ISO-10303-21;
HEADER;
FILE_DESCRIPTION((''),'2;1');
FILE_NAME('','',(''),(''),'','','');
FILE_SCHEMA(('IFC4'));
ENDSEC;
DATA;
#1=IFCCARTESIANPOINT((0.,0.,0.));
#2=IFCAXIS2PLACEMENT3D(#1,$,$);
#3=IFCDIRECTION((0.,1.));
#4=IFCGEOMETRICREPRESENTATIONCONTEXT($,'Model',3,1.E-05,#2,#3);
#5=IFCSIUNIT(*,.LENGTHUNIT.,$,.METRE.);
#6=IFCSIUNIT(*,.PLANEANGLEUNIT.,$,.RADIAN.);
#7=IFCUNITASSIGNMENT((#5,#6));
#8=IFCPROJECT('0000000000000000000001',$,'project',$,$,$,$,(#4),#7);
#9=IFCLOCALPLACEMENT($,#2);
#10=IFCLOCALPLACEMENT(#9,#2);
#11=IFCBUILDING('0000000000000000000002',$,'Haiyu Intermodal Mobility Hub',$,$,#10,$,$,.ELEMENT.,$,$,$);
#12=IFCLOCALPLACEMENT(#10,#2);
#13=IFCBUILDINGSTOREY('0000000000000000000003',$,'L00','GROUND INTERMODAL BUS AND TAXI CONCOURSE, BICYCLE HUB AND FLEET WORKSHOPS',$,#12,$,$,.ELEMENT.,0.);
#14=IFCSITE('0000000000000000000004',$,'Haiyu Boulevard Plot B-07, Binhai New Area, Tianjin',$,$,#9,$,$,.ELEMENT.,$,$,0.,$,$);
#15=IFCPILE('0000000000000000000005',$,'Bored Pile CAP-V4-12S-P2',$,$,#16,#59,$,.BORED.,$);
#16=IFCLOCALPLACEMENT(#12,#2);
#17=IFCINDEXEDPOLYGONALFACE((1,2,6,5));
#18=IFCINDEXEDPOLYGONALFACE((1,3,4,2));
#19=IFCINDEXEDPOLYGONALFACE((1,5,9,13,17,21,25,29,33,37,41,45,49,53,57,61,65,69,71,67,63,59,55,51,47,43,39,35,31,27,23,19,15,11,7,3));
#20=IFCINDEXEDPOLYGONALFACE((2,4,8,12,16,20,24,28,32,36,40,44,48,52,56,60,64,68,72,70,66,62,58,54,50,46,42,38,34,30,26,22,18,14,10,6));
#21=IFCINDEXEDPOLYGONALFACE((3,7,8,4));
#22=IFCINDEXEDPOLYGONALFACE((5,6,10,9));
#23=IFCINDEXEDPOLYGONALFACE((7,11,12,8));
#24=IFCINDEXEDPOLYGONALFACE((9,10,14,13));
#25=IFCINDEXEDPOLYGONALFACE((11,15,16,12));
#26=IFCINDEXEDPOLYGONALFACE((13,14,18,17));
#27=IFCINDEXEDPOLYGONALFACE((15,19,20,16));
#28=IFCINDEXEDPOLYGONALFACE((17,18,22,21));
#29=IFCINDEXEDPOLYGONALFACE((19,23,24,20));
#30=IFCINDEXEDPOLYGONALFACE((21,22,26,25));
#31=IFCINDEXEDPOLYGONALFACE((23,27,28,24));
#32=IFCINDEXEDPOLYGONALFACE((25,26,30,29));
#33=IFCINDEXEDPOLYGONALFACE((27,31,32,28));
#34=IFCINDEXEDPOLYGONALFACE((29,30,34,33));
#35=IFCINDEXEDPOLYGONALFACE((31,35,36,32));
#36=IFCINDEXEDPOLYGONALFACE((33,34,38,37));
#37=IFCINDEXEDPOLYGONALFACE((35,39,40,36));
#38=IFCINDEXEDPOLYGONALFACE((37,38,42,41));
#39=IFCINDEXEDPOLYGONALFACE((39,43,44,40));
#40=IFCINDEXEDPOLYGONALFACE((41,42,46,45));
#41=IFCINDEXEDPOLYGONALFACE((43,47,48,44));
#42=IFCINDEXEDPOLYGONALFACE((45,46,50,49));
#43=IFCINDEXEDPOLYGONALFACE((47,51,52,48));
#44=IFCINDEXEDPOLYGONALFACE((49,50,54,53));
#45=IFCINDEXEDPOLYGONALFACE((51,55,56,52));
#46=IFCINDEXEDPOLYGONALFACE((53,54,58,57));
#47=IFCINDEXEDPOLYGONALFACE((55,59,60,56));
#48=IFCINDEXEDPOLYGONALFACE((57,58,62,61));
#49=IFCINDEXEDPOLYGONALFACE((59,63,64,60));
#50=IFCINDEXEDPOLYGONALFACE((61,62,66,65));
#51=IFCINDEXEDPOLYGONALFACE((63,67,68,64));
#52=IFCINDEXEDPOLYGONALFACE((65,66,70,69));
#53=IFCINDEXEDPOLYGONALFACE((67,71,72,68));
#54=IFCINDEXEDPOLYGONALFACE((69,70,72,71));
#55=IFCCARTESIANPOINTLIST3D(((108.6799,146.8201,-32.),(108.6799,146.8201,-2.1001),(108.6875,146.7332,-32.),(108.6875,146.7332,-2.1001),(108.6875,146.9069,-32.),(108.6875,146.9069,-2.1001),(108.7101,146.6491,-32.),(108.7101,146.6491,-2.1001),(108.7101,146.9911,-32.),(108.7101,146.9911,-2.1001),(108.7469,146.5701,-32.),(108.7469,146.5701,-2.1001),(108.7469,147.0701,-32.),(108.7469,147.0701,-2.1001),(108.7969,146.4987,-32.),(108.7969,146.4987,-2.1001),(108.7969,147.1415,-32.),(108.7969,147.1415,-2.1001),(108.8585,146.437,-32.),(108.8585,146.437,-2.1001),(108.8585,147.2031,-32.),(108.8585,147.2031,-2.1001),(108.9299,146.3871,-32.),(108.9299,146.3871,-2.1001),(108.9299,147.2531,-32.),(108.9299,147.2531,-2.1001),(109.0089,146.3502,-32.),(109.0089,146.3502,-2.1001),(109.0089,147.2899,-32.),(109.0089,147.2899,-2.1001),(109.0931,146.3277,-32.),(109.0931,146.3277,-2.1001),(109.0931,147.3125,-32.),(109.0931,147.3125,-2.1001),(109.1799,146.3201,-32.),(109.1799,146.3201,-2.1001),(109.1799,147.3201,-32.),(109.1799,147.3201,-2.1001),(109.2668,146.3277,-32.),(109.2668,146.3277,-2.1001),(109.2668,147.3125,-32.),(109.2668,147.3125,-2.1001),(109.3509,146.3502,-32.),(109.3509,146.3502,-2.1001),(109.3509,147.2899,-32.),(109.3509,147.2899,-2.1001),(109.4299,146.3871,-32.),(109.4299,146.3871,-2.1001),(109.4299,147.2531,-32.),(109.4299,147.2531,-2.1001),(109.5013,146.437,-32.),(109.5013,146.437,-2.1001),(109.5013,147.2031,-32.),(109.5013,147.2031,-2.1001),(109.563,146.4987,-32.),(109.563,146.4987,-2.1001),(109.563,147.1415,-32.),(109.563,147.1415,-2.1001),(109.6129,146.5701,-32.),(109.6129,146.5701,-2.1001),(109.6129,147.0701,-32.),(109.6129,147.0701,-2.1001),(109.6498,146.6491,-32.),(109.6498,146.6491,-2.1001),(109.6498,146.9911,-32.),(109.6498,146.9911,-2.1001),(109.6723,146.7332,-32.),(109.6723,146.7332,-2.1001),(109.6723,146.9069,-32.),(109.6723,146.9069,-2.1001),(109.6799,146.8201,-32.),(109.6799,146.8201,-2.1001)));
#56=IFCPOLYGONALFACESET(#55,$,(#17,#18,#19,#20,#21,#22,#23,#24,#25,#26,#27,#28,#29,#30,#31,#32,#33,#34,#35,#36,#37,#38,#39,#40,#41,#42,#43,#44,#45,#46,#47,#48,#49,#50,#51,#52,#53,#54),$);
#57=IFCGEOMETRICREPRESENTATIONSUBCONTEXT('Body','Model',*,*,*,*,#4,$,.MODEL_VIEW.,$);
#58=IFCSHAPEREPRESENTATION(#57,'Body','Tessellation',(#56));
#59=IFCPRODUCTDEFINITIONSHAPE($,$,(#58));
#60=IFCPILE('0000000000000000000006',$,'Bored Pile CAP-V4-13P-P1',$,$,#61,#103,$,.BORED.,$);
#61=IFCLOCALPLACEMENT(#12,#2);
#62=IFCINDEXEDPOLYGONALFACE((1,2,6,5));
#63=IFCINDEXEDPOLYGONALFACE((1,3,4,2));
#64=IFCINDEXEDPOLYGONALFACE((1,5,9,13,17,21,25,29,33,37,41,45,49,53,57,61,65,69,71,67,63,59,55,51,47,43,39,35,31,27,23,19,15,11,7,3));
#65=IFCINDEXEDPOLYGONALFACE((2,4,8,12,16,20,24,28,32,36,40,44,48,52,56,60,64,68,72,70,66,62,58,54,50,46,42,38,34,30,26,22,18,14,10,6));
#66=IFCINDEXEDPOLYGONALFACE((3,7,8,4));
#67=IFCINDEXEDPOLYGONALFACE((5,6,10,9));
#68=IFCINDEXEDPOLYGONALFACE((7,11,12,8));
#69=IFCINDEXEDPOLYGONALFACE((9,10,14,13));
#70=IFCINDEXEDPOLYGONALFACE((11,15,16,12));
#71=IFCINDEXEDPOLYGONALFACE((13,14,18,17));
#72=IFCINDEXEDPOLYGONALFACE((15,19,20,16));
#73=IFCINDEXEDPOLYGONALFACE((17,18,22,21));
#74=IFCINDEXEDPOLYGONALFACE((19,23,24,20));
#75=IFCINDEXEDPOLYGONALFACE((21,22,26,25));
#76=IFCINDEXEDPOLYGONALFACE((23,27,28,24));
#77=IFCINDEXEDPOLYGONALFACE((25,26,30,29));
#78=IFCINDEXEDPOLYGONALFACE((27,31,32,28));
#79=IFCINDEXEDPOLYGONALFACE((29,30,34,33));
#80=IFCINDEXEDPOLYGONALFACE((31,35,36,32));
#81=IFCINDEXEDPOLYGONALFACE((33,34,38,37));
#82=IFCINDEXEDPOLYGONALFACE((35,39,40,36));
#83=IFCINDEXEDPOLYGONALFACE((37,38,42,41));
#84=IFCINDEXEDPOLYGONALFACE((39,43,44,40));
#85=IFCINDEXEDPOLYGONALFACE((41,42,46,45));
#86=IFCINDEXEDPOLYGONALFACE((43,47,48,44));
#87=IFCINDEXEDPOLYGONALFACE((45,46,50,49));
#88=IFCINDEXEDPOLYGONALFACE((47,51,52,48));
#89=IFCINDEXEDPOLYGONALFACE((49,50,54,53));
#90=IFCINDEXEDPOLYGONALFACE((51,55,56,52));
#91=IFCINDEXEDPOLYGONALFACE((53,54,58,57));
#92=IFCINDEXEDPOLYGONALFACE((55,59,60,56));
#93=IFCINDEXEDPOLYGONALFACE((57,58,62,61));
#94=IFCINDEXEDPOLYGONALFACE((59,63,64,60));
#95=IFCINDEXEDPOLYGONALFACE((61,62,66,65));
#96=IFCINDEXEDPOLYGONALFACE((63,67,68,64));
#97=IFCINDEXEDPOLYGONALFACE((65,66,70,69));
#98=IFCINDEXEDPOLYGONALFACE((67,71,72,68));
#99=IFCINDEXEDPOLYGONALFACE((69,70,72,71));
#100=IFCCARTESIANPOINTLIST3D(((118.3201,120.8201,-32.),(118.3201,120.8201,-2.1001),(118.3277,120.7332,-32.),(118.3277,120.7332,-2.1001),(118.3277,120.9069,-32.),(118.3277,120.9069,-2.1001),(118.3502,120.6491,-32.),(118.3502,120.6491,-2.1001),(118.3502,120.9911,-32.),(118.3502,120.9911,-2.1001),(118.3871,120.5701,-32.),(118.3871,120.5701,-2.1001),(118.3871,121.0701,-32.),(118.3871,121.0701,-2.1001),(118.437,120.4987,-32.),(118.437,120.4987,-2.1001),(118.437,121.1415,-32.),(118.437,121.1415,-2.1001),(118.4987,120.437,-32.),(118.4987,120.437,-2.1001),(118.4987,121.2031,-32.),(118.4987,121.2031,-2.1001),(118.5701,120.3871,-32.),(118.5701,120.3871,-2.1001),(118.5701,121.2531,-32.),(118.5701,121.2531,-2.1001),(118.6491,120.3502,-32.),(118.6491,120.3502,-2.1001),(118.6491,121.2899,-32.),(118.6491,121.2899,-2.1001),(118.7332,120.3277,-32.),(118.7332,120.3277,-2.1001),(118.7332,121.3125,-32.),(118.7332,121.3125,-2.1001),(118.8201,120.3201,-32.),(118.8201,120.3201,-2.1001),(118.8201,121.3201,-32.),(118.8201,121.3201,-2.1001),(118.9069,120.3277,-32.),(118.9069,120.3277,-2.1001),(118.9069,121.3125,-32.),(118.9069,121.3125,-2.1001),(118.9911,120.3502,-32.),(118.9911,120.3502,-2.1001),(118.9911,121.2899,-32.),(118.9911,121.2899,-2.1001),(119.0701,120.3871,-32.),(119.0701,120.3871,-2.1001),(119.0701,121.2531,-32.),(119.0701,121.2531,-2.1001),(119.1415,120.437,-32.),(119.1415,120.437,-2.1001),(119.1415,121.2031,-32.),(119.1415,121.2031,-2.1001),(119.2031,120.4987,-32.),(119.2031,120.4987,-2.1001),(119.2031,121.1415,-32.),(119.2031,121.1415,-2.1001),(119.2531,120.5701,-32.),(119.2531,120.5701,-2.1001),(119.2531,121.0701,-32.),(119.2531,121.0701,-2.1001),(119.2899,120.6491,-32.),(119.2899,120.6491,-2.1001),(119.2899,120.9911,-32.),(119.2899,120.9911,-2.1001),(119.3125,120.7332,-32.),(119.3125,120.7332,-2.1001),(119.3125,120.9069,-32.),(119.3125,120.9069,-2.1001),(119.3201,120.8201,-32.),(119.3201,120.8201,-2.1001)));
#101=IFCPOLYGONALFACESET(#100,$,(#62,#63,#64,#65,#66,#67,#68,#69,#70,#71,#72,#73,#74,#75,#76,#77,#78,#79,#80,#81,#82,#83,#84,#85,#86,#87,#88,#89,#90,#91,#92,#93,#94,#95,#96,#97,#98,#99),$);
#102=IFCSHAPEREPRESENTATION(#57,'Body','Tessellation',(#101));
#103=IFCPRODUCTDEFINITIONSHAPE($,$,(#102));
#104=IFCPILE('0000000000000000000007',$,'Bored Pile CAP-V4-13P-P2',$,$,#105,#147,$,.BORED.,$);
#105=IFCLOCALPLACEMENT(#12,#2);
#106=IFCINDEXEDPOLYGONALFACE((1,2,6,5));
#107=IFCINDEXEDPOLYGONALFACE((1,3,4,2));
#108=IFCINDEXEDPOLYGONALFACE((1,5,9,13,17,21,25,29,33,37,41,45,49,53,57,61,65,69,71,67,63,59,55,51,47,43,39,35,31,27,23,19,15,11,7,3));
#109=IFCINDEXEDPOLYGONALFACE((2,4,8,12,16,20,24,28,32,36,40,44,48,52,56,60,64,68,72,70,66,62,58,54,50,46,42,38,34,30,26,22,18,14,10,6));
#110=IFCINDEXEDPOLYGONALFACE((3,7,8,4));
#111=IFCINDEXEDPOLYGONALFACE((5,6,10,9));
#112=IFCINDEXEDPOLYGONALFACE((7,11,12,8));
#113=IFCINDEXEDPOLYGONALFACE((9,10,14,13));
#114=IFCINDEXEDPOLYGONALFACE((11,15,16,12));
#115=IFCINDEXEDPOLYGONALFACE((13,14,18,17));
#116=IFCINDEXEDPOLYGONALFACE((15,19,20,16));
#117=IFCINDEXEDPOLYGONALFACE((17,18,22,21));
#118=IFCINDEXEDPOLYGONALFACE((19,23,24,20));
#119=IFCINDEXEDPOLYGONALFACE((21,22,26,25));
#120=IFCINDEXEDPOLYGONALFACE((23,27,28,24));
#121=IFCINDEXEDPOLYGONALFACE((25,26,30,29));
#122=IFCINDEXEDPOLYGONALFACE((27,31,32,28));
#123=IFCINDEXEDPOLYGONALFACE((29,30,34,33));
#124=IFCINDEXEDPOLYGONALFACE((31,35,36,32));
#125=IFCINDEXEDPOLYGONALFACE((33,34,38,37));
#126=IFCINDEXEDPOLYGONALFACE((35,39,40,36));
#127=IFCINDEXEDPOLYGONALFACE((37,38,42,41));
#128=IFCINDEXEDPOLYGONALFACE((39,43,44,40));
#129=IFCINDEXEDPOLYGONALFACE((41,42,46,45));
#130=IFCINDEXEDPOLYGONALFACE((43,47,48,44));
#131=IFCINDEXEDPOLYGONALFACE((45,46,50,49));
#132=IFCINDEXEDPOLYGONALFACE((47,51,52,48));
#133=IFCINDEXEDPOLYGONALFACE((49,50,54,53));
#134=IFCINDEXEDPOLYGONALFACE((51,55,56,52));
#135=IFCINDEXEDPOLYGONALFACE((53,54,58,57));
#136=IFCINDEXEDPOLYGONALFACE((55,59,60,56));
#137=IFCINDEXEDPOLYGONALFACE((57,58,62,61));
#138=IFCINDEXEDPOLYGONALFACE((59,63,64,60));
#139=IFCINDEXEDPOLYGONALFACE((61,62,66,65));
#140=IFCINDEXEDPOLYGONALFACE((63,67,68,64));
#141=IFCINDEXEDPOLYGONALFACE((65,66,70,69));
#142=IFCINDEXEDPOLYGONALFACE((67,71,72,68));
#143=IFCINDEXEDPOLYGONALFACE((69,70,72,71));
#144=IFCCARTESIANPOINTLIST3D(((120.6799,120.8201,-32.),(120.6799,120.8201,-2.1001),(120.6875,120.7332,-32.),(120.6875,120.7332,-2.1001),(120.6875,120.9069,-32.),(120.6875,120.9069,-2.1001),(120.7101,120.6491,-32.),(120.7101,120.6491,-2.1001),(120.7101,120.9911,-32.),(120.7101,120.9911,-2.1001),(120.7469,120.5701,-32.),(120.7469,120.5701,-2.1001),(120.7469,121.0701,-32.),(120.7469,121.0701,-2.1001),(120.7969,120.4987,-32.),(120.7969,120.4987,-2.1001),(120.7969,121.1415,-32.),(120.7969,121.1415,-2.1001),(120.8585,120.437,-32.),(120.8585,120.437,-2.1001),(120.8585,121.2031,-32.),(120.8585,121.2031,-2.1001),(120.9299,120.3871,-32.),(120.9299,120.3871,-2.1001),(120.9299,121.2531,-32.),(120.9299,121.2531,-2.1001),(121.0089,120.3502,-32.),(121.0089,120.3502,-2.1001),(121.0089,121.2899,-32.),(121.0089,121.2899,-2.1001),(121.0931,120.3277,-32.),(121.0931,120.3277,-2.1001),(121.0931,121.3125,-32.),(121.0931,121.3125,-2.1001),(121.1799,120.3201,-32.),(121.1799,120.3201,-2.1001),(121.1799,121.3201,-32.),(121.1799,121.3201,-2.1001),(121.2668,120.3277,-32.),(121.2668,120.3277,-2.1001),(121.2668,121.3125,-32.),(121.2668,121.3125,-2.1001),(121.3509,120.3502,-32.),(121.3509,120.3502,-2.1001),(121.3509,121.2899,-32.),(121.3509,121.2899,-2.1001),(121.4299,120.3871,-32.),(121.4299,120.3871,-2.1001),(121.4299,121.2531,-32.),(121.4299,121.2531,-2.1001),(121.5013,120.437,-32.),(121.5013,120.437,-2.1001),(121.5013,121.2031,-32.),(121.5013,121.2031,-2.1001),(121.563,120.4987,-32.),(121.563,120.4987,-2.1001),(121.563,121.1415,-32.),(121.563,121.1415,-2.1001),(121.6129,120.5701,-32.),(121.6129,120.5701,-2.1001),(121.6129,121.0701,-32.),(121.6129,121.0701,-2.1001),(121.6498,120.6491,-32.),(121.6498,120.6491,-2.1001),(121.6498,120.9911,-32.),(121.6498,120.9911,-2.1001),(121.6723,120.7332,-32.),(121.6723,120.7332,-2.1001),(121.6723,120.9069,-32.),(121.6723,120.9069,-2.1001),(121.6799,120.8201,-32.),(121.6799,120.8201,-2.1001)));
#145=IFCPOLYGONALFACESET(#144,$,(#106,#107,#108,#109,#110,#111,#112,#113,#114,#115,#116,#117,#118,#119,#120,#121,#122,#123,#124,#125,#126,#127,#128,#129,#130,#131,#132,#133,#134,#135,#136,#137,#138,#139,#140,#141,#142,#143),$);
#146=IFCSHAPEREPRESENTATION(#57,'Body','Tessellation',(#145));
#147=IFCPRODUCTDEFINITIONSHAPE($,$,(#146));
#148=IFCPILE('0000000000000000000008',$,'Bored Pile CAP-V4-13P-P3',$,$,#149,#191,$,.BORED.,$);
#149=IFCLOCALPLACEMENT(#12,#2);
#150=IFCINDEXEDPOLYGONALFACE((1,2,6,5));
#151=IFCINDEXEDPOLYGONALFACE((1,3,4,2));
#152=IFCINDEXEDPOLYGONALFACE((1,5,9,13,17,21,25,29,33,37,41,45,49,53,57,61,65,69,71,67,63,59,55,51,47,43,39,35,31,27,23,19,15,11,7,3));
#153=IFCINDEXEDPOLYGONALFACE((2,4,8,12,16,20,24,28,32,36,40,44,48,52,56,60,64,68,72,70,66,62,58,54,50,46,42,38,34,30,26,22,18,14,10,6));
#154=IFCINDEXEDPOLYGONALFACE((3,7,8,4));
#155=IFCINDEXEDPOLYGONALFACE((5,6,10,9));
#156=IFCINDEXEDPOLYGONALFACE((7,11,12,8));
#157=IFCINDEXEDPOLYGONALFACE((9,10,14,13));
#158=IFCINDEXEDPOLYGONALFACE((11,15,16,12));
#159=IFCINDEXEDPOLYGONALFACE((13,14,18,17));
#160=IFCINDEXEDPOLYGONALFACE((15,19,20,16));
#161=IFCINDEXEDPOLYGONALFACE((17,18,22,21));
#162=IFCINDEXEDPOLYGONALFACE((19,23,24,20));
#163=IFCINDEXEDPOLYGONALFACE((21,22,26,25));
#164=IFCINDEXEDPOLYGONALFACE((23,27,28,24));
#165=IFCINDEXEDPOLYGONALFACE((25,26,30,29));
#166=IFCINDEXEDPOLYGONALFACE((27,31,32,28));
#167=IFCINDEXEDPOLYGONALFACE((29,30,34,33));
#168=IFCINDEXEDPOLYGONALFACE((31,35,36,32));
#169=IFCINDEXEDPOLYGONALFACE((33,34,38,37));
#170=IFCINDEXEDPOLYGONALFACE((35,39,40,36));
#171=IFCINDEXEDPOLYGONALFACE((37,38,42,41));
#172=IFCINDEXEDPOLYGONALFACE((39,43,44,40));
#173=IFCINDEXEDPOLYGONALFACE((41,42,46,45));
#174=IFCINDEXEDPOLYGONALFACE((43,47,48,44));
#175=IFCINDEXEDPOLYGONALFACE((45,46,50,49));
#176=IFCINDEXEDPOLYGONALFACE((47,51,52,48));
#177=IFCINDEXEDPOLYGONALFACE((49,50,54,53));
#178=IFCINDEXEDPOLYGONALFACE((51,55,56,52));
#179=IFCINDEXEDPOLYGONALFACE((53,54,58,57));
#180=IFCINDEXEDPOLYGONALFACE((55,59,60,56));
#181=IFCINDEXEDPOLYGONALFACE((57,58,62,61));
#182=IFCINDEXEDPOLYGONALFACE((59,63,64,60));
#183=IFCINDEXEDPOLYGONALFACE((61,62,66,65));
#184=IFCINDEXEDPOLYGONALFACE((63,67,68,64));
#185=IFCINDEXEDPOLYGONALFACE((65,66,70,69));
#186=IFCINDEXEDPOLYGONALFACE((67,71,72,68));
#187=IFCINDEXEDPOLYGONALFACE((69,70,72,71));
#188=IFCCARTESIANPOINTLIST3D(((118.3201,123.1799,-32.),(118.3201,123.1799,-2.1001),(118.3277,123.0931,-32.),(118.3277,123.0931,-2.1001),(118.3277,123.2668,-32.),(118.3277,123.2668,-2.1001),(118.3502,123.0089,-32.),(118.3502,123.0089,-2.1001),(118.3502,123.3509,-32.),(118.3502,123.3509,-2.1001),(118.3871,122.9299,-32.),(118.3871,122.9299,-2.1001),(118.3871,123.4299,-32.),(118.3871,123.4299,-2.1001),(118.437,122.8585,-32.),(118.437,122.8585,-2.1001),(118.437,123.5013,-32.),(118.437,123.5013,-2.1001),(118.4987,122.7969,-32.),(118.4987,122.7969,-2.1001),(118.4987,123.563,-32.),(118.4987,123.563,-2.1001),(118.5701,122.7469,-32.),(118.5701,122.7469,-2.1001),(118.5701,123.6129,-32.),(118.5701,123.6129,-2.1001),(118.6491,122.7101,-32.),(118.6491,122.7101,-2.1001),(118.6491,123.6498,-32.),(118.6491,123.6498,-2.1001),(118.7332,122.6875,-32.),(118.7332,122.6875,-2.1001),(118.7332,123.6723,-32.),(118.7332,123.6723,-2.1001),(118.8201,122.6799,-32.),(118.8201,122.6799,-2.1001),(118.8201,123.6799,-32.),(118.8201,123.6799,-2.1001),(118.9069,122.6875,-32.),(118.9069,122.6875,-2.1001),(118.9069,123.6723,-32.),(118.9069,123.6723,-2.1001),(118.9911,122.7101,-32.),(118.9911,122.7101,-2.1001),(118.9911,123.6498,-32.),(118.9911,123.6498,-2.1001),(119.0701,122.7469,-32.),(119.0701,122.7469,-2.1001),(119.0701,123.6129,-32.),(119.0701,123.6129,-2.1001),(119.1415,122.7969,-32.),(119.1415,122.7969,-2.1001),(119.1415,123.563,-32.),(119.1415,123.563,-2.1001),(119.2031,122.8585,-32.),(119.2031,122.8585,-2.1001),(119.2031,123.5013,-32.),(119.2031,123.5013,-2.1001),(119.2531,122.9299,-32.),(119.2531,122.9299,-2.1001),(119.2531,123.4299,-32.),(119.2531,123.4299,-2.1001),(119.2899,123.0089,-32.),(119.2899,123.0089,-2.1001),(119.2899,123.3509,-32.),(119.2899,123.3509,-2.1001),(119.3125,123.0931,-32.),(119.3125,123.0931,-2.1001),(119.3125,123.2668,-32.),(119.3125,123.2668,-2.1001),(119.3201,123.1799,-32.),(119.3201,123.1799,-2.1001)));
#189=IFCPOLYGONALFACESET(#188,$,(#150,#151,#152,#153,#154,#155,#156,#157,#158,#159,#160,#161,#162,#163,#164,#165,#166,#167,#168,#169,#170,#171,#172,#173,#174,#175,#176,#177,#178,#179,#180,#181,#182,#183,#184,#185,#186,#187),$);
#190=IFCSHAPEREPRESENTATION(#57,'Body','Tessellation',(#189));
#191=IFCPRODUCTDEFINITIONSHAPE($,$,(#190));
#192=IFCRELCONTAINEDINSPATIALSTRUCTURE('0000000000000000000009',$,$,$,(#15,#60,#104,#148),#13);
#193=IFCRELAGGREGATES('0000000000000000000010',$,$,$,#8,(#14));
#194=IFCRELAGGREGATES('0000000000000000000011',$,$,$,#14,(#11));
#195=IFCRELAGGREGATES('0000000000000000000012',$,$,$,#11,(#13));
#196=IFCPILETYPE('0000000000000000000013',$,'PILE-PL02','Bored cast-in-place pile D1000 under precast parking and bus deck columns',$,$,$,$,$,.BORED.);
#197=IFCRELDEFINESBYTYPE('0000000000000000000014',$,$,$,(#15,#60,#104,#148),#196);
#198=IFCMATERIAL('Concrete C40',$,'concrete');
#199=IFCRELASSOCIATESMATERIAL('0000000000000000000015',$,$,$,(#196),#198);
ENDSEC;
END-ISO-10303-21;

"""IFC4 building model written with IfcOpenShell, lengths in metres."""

from ifc_helpers import new_model, si_unit, direction, frame, origin, origin_2d, place, context, subcontext, project, spatial, circle, extrude, material, material_profile, profile_set, type_object, element, save


model = new_model("IFC4")

# Units and contexts
model_context = context("Model", 3, precision=1e-05, world=origin(), true_north=direction((0.0, 1.0)))
body_context = subcontext(model_context, "Body", "Model", "MODEL_VIEW")
ifc_project = project(units=[si_unit("LENGTHUNIT", "METRE"), si_unit("PLANEANGLEUNIT", "RADIAN")], contexts=[model_context])

# Site, building, storey
site_placement = place(None, origin())
site = spatial("IfcSite", under=ifc_project, at=site_placement, Name="Haiyu Boulevard Plot B-07, Binhai New Area, Tianjin", CompositionType="ELEMENT", RefElevation=0.0)
building_placement = place(site_placement, origin())
building = spatial("IfcBuilding", under=site, at=building_placement, Name="Haiyu Intermodal Mobility Hub", CompositionType="ELEMENT")
storey_placement = place(building_placement, origin())
storey = spatial("IfcBuildingStorey", under=building, at=storey_placement, Name="L00", Description="GROUND INTERMODAL BUS AND TAXI CONCOURSE, BICYCLE HUB AND FLEET WORKSHOPS", CompositionType="ELEMENT", Elevation=0.0)

# Shared definitions
ifc_material_1 = material(Name="Concrete C40", Category="concrete")

# Piles
ifc_material_profile_1 = material_profile(ifc_material_1, circle(Radius=0.5, at=origin_2d()), Name="PILE-D1000")
ifc_profile_set_1 = profile_set([ifc_material_profile_1], Name="Concrete C40")
pile_type = type_object("IfcPileType", Name="PILE-PL02", Description="Bored cast-in-place pile D1000 under precast parking and bus deck columns", PredefinedType="BORED", material=ifc_profile_set_1)
for number, where, z_axis, x_axis, name in (
    (1, (109.1799, 146.8201, -2.1001), (0.0, 0.0, -1.0), (1.0, 0.0, 0.0), "Bored Pile CAP-V4-12S-P2"),
    (2, (118.8201, 120.8201, -2.1001), (0.0, 0.0, -1.0), (1.0, 0.0, 0.0), "Bored Pile CAP-V4-13P-P1"),
    (3, (121.1799, 120.8201, -2.1001), (0.0, 0.0, -1.0), (1.0, 0.0, 0.0), "Bored Pile CAP-V4-13P-P2"),
    (4, (118.8201, 123.1799, -2.1001), (0.0, 0.0, -1.0), (1.0, 0.0, 0.0), "Bored Pile CAP-V4-13P-P3"),
):
    element("IfcPile", number, at=place(storey_placement, frame(where, z_axis=z_axis, x_axis=x_axis)), inside=storey, type_object=pile_type, Name=name, PredefinedType="BORED", context=body_context, shape_type="SweptSolid", body=[
        extrude(circle(Radius=0.5, at=origin_2d()), origin(), (0.0, 0.0, 1.0), 29.8999),
    ])

save(model, "model.ifc")
